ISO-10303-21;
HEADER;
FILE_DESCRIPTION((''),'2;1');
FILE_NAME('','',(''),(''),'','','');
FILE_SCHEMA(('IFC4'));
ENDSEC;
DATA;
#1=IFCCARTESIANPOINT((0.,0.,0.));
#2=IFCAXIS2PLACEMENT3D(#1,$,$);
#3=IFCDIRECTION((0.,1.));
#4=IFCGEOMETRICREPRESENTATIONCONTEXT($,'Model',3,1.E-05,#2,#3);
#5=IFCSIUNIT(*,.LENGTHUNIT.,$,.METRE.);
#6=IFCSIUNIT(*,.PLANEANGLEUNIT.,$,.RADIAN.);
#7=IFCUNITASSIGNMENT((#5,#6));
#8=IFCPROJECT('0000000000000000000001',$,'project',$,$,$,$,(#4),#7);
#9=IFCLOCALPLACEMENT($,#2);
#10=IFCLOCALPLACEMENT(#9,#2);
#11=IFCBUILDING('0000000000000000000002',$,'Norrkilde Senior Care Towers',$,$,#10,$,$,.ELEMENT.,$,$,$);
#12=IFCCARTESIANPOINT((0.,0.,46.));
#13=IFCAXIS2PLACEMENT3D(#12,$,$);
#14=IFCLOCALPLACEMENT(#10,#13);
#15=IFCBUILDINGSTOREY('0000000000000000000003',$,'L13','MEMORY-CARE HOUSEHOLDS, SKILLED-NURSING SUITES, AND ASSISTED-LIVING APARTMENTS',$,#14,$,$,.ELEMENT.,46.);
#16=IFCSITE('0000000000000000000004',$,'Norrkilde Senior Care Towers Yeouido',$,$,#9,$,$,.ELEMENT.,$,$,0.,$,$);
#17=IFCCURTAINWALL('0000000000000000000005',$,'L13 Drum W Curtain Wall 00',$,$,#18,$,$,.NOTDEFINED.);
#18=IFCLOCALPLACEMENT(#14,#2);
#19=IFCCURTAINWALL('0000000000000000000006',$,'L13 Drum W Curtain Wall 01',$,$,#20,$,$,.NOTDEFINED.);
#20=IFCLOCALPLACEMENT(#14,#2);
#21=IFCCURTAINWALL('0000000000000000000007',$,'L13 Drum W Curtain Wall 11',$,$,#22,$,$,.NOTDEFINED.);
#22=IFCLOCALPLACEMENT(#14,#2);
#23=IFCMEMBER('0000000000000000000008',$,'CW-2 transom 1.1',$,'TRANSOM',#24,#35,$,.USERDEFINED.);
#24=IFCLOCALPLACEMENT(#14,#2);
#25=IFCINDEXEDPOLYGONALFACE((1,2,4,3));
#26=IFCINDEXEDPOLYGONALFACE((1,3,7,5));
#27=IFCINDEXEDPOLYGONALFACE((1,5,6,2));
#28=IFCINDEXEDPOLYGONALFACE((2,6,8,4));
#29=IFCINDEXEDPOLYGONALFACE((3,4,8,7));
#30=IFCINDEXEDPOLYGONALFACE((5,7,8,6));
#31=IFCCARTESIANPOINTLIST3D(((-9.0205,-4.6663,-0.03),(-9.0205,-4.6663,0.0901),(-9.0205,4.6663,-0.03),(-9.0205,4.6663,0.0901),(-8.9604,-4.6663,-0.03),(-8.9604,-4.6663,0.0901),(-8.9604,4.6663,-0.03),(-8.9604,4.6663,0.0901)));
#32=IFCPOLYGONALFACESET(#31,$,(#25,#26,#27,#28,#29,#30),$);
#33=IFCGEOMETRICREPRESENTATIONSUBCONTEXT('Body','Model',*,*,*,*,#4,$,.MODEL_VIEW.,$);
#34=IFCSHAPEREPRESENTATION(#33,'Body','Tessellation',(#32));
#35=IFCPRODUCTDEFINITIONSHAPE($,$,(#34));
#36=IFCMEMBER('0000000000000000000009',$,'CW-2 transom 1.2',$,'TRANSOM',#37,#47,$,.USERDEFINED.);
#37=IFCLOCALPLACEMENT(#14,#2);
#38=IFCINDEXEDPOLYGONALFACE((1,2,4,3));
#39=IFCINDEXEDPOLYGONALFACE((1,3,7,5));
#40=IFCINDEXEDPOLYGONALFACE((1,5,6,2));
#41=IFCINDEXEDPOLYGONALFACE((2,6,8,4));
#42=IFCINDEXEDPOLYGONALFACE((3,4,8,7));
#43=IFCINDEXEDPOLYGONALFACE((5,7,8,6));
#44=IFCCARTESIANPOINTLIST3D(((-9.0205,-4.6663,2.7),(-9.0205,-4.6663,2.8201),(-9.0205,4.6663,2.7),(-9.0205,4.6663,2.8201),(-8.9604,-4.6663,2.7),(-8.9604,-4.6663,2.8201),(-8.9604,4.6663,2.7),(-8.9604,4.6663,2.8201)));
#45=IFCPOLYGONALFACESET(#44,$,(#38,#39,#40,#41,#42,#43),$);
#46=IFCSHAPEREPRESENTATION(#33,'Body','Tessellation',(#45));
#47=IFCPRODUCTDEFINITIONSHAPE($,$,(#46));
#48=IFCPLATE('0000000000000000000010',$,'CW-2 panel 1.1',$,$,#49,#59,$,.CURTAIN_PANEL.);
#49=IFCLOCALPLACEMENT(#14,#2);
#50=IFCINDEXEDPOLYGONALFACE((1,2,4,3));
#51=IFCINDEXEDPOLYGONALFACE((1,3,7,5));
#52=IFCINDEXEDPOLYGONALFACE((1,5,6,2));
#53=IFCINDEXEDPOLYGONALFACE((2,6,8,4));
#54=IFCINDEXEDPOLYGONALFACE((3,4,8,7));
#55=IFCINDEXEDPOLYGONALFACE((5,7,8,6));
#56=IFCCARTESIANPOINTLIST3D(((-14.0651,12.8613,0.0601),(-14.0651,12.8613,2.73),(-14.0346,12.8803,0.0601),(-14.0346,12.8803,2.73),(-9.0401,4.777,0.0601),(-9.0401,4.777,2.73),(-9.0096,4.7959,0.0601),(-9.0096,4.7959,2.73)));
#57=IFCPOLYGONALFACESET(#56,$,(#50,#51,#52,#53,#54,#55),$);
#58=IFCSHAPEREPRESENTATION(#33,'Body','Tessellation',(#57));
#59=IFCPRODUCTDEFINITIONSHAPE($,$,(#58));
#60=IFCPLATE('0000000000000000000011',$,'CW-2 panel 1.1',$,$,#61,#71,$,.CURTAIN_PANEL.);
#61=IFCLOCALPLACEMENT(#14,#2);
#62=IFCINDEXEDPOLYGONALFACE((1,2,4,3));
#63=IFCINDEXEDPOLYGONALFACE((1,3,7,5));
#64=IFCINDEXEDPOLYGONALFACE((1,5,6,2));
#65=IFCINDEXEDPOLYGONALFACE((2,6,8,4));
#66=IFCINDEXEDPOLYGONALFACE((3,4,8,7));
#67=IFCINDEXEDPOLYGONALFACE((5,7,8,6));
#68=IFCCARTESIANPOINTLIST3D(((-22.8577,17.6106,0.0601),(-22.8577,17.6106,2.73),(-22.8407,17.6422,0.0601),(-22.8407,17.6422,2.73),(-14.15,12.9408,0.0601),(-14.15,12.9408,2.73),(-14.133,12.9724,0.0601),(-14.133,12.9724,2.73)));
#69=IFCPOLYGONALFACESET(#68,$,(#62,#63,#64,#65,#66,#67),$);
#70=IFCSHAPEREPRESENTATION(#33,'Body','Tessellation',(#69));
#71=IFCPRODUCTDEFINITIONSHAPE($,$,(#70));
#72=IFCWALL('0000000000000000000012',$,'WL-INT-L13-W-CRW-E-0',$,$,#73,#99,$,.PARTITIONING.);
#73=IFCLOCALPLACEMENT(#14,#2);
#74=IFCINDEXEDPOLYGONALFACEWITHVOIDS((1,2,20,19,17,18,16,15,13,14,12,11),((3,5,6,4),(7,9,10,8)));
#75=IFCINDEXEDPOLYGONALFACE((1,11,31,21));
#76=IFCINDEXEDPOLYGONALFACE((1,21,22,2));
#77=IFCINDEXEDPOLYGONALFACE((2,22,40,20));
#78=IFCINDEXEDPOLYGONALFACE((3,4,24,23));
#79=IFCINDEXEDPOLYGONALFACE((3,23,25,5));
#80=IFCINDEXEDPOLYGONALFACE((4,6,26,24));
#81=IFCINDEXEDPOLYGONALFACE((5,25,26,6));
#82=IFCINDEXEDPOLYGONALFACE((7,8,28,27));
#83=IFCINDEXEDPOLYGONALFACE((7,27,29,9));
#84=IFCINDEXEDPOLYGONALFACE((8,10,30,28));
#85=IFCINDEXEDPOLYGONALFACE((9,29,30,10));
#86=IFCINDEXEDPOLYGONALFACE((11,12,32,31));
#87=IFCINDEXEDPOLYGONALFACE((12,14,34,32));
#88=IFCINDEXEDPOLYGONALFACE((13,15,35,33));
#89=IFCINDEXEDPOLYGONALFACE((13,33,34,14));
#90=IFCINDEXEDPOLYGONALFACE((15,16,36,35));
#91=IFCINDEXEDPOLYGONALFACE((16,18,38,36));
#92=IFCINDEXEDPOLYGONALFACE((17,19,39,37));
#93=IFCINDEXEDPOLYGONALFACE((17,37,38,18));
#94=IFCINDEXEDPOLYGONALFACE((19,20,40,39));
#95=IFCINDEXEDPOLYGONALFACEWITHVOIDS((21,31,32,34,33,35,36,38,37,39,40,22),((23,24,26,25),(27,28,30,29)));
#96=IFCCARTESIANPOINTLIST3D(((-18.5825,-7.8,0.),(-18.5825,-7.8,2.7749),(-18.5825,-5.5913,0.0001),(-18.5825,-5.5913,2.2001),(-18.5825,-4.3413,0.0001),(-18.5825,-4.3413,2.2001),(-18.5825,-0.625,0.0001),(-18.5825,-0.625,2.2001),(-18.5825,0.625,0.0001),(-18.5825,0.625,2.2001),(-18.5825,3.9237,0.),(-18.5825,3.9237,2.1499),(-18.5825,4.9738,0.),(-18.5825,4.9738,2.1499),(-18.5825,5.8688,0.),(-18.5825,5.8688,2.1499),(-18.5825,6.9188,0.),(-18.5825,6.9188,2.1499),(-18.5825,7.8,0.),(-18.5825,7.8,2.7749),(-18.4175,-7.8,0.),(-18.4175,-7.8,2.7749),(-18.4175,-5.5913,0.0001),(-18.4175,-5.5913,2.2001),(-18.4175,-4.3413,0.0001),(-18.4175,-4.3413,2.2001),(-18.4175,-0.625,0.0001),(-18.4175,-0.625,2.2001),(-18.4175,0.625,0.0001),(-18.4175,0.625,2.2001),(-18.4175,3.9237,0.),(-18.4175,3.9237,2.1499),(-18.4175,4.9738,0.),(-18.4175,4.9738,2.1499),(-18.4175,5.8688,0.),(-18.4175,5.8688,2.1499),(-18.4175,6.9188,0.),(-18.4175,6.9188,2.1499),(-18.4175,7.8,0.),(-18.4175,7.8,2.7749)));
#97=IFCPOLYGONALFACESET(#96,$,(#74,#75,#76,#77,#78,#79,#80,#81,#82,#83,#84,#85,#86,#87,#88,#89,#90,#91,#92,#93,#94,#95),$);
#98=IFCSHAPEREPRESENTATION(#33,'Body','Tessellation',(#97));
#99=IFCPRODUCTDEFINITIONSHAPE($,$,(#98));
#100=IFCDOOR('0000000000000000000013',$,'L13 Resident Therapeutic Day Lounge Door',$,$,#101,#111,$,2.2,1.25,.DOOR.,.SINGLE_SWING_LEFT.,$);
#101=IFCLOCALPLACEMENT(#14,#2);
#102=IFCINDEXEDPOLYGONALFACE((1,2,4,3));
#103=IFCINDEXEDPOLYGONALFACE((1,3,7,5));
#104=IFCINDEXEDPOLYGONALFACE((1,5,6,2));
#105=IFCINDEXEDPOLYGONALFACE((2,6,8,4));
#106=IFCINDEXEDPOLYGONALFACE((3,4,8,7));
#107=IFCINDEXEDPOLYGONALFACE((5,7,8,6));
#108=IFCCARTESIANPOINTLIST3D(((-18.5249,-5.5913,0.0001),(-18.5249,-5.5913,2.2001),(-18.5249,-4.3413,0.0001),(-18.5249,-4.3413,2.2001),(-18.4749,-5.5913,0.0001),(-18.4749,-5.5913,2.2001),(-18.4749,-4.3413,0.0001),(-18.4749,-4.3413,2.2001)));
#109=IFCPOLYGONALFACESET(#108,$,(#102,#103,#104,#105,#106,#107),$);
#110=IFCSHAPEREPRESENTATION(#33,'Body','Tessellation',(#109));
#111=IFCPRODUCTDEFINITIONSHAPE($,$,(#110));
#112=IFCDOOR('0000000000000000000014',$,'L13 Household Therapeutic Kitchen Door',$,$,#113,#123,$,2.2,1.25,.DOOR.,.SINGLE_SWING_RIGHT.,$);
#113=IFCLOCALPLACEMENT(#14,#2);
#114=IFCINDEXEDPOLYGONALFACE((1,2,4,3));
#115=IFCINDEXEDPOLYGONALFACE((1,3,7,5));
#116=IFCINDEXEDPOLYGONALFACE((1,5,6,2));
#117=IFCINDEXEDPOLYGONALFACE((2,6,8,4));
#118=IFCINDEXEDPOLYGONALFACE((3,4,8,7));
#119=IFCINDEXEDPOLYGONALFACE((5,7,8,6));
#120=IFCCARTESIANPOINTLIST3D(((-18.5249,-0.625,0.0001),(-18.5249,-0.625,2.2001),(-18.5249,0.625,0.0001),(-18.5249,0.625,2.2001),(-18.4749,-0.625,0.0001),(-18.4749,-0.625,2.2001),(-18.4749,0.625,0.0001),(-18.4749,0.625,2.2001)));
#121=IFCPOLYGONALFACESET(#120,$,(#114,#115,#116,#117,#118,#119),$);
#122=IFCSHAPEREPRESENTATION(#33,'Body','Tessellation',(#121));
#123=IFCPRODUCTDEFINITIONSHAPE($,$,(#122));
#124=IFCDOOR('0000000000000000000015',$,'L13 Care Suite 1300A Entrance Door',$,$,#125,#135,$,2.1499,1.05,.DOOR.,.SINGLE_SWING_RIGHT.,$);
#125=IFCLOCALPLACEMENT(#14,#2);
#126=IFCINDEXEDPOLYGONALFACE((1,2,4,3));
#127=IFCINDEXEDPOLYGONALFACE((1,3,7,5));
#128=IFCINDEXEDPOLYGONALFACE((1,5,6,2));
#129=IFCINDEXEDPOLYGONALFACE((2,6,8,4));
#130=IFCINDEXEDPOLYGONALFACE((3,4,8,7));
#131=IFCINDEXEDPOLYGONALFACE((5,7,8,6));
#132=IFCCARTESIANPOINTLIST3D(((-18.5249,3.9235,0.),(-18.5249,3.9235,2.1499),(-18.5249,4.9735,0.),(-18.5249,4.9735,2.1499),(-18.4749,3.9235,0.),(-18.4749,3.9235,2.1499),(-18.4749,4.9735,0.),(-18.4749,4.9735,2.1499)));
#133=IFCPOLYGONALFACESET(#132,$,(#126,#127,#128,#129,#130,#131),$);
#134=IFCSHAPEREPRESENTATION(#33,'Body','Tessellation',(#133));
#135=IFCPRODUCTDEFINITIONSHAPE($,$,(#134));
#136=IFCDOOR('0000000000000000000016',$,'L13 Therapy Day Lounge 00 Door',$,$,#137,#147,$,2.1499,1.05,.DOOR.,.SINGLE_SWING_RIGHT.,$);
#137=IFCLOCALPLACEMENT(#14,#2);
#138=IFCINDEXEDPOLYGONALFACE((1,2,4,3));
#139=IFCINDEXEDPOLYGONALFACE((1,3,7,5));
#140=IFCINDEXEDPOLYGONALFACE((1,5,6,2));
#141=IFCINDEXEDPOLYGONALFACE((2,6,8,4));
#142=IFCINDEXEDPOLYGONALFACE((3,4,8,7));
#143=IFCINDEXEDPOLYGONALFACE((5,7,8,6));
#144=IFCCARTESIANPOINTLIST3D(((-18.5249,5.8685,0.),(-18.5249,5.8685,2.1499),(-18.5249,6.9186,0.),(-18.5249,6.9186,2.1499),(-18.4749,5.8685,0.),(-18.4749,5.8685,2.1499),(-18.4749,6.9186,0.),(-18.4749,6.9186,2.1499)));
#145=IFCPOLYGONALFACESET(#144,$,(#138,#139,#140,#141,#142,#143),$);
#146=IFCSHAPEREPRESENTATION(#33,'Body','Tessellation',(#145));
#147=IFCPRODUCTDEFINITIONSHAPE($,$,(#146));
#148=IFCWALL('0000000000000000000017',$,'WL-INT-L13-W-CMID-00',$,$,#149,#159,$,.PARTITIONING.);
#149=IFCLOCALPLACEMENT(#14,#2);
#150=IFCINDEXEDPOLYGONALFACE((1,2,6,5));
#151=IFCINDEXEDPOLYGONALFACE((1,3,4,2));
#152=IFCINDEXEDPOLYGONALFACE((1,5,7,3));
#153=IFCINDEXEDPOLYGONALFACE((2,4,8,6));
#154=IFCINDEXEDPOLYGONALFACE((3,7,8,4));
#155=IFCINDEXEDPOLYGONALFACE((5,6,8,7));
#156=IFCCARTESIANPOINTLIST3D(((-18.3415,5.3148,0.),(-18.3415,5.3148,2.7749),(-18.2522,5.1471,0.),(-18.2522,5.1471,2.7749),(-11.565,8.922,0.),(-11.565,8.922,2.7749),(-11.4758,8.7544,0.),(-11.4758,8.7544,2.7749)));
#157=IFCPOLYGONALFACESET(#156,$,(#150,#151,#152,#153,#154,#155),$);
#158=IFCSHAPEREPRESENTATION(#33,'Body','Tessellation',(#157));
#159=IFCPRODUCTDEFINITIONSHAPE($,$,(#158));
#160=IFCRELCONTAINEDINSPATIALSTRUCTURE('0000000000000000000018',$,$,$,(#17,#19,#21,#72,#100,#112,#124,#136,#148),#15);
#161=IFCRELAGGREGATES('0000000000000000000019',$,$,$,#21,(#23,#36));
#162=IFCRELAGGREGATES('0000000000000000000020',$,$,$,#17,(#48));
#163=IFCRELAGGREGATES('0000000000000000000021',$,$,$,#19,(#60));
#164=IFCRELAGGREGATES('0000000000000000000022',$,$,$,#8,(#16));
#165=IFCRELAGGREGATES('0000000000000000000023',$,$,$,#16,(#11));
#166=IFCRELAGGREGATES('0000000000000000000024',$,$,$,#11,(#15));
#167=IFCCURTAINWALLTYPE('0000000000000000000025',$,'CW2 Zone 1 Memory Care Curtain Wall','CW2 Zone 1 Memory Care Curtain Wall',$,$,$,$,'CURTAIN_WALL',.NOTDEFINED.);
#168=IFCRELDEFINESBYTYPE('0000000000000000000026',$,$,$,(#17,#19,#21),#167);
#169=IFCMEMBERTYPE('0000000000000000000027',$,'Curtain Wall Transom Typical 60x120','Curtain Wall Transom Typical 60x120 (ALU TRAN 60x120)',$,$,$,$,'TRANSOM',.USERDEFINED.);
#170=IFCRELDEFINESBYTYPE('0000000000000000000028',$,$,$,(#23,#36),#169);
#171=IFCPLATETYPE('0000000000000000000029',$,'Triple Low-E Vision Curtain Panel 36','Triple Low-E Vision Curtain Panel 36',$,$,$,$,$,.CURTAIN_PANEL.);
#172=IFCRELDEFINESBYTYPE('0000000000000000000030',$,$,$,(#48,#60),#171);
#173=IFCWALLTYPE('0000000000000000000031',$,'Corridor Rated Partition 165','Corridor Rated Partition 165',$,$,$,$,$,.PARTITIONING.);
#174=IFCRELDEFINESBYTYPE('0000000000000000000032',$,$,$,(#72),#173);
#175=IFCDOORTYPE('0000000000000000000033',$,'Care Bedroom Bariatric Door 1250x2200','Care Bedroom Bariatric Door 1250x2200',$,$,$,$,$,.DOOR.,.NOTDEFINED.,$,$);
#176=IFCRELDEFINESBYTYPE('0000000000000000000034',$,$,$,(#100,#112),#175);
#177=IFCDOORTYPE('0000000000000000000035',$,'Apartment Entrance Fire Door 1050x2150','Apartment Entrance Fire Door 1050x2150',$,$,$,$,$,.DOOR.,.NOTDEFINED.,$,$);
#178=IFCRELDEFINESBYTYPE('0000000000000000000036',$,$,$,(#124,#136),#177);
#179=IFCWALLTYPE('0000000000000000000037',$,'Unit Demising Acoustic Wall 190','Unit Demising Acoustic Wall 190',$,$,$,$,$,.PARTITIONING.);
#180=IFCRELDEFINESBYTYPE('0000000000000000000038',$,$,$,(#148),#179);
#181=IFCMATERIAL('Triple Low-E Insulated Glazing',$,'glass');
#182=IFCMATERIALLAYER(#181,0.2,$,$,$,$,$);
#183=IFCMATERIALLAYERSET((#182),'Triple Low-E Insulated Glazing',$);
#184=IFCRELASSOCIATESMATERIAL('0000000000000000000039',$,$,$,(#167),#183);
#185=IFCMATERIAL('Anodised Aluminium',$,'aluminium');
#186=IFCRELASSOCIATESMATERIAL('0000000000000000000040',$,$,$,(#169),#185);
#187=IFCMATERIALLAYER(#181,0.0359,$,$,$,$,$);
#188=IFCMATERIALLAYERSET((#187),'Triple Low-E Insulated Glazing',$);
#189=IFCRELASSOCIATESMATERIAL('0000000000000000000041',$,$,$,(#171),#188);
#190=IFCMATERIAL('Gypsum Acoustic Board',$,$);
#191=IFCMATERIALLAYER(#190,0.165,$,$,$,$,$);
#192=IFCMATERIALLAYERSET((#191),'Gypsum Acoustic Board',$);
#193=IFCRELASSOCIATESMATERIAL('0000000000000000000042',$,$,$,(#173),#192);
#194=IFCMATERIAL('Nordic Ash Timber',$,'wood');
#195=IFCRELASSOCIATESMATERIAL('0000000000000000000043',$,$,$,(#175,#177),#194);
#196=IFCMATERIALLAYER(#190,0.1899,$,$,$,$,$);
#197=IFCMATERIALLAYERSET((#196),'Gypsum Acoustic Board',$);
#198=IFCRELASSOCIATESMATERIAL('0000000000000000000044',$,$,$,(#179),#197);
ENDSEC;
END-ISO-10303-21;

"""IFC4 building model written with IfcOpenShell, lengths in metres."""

from ifc_helpers import new_model, si_unit, direction, frame, frame_2d, origin, origin_2d, place, context, subcontext, project, spatial, rectangle, extrude, source, transform, mapped, material, layer, layer_set, material_profile, profile_set, type_object, type_shapes, element, fill, aggregate, save


model = new_model("IFC4")

# Units and contexts
model_context = context("Model", 3, precision=1e-05, world=origin(), true_north=direction((0.0, 1.0)))
body_context = subcontext(model_context, "Body", "Model", "MODEL_VIEW")
ifc_project = project(units=[si_unit("LENGTHUNIT", "METRE"), si_unit("PLANEANGLEUNIT", "RADIAN")], contexts=[model_context])

# Site, building, storey
site_placement = place(None, origin())
site = spatial("IfcSite", under=ifc_project, at=site_placement, Name="Norrkilde Senior Care Towers Yeouido", CompositionType="ELEMENT", RefElevation=0.0)
building_placement = place(site_placement, origin())
building = spatial("IfcBuilding", under=site, at=building_placement, Name="Norrkilde Senior Care Towers", CompositionType="ELEMENT")
storey_placement = place(building_placement, frame((0.0, 0.0, 46.0)))
storey = spatial("IfcBuildingStorey", under=building, at=storey_placement, Name="L13", Description="MEMORY-CARE HOUSEHOLDS, SKILLED-NURSING SUITES, AND ASSISTED-LIVING APARTMENTS", CompositionType="ELEMENT", Elevation=46.0)

# Curtain wall
ifc_material_1 = material(Name="Triple Low-E Insulated Glazing", Category="glass")
ifc_layer_1 = layer(ifc_material_1, 0.2)
ifc_layer_set_1 = layer_set([ifc_layer_1], Name="Triple Low-E Insulated Glazing")
curtain_wall_type = type_object("IfcCurtainWallType", Name="CW2 Zone 1 Memory Care Curtain Wall", Description="CW2 Zone 1 Memory Care Curtain Wall", ElementType="CURTAIN_WALL", PredefinedType="NOTDEFINED", material=ifc_layer_set_1)
curtain_wall_1_placement = place(storey_placement, origin())
curtain_wall_1 = element("IfcCurtainWall", 1, at=curtain_wall_1_placement, inside=storey, type_object=curtain_wall_type, Name="L13 Drum W Curtain Wall 00", PredefinedType="NOTDEFINED")
ifc_material_2 = material(Name="Anodised Aluminium", Category="aluminium")

# Curtain walls
curtain_wall_2_placement = place(storey_placement, origin())
curtain_wall_2 = element("IfcCurtainWall", 2, at=curtain_wall_2_placement, inside=storey, type_object=curtain_wall_type, Name="L13 Drum W Curtain Wall 01", PredefinedType="NOTDEFINED")
curtain_wall_3_placement = place(storey_placement, origin())
curtain_wall_3 = element("IfcCurtainWall", 3, at=curtain_wall_3_placement, inside=storey, type_object=curtain_wall_type, Name="L13 Drum W Curtain Wall 11", PredefinedType="NOTDEFINED")

# Members
ifc_material_profile_1 = material_profile(ifc_material_2, rectangle(XDim=0.0601, YDim=0.1201, at=origin_2d()), Name="ALU TRAN 60x120")
ifc_profile_set_1 = profile_set([ifc_material_profile_1], Name="Anodised Aluminium")
member_type_1 = type_object("IfcMemberType", Name="Curtain Wall Transom Typical 60x120", Description="Curtain Wall Transom Typical 60x120 (ALU TRAN 60x120)", ElementType="TRANSOM", PredefinedType="USERDEFINED", material=ifc_profile_set_1)
shared_shape_1 = source(origin(), body_context, "Body", "SweptSolid", [
    extrude(rectangle(XDim=0.0601, YDim=0.1201, at=origin_2d()), origin(), (0.0, 0.0, 1.0), 9.3325),
])
member_1_placement = place(storey_placement, frame((-8.9905, 4.6663, 0.03), z_axis=(0.0, -1.0, 0.0), x_axis=(1.0, 0.0, 0.0)))
member_1 = element("IfcMember", 4, at=member_1_placement, type_object=member_type_1, Name="CW-2 transom 1.1", ObjectType="TRANSOM", PredefinedType="USERDEFINED", context=body_context, shape_type="MappedRepresentation", body=[
    mapped(shared_shape_1, transform((0.0, 0.0, 0.0), x_axis=(1.0, 0.0, 0.0), y_axis=(0.0, 1.0, 0.0), z_axis=(0.0, 0.0, 1.0), scale=1.0)),
])
member_2_placement = place(storey_placement, frame((-8.9905, 4.6663, 2.76), z_axis=(0.0, -1.0, 0.0), x_axis=(1.0, 0.0, 0.0)))
member_2 = element("IfcMember", 5, at=member_2_placement, type_object=member_type_1, Name="CW-2 transom 1.2", ObjectType="TRANSOM", PredefinedType="USERDEFINED", context=body_context, shape_type="MappedRepresentation", body=[
    mapped(shared_shape_1, transform((0.0, 0.0, 0.0), x_axis=(1.0, 0.0, 0.0), y_axis=(0.0, 1.0, 0.0), z_axis=(0.0, 0.0, 1.0), scale=1.0)),
])
aggregate(curtain_wall_3, [member_1, member_2])

# Plates
ifc_layer_2 = layer(ifc_material_1, 0.0359)
ifc_layer_set_2 = layer_set([ifc_layer_2], Name="Triple Low-E Insulated Glazing")
plate_type = type_object("IfcPlateType", Name="Triple Low-E Vision Curtain Panel 36", Description="Triple Low-E Vision Curtain Panel 36", PredefinedType="CURTAIN_PANEL", material=ifc_layer_set_2)
shared_shape_2 = source(origin(), body_context, "Body", "SweptSolid", [
    extrude(rectangle(XDim=9.5188, YDim=0.0359, at=origin_2d()), origin(), (0.0, 0.0, 1.0), 2.6699),
])
plate_1_placement = place(storey_placement, frame((-11.5374, 8.8286, 0.0601), z_axis=(0.0, 0.0, 1.0), x_axis=(0.527901, -0.849306, 0.0)))
plate_1 = element("IfcPlate", 6, at=plate_1_placement, type_object=plate_type, Name="CW-2 panel 1.1", PredefinedType="CURTAIN_PANEL", context=body_context, shape_type="MappedRepresentation", body=[
    mapped(shared_shape_2, transform((0.0, 0.0, 0.0), x_axis=(1.0, 0.0, 0.0), y_axis=(0.0, 1.0, 0.0), z_axis=(0.0, 0.0, 1.0), scale=1.0)),
])
aggregate(curtain_wall_1, [plate_1])
shared_shape_3 = source(origin(), body_context, "Body", "SweptSolid", [
    extrude(rectangle(XDim=9.8809, YDim=0.0359, at=origin_2d()), origin(), (0.0, 0.0, 1.0), 2.6699),
])
type_shapes(plate_type, [shared_shape_2, shared_shape_3])
plate_2_placement = place(storey_placement, frame((-18.4954, 15.2915, 0.0601), z_axis=(0.0, 0.0, 1.0), x_axis=(0.881273, -0.472608, 0.0)))
plate_2 = element("IfcPlate", 7, at=plate_2_placement, type_object=plate_type, Name="CW-2 panel 1.1", PredefinedType="CURTAIN_PANEL", context=body_context, shape_type="MappedRepresentation", body=[
    mapped(shared_shape_3, transform((0.0, 0.0, 0.0), x_axis=(1.0, 0.0, 0.0), y_axis=(0.0, 1.0, 0.0), z_axis=(0.0, 0.0, 1.0), scale=1.0)),
])
aggregate(curtain_wall_2, [plate_2])

# Wall, openings, doors
ifc_material_3 = material(Name="Gypsum Acoustic Board")
ifc_layer_3 = layer(ifc_material_3, 0.165)
ifc_layer_set_3 = layer_set([ifc_layer_3], Name="Gypsum Acoustic Board")
wall_type_1 = type_object("IfcWallType", Name="Corridor Rated Partition 165", Description="Corridor Rated Partition 165", PredefinedType="PARTITIONING", material=ifc_layer_set_3)
shared_shape_4 = source(origin(), body_context, "Body", "SweptSolid", [
    extrude(rectangle(XDim=15.6001, YDim=0.165, at=frame_2d((7.8, 0.0))), origin(), (0.0, 0.0, 1.0), 2.7749),
])
type_shapes(wall_type_1, [shared_shape_4])
wall_1_placement = place(storey_placement, frame((-18.5, 7.8, 0.0), z_axis=(0.0, 0.0, 1.0), x_axis=(0.0, -1.0, 0.0)))
wall_1 = element("IfcWall", 8, at=wall_1_placement, inside=storey, type_object=wall_type_1, Name="WL-INT-L13-W-CRW-E-0", PredefinedType="PARTITIONING", context=body_context, shape_type="MappedRepresentation", body=[
    mapped(shared_shape_4, transform((0.0, 0.0, 0.0), x_axis=(1.0, 0.0, 0.0), y_axis=(0.0, 1.0, 0.0), z_axis=(0.0, 0.0, 1.0), scale=1.0)),
])
opening_1_placement = place(wall_1_placement, frame((12.1414, 0.0, 0.0)))
opening_1 = element("IfcOpeningElement", 9, at=opening_1_placement, cuts=wall_1, PredefinedType="OPENING", context=body_context, shape_type="SweptSolid", body=[
    extrude(rectangle(XDim=1.25, YDim=2.2, at=frame_2d((0.625, 1.1001))), frame((0.0, 0.0925, 0.0), z_axis=(0.0, -1.0, 0.0), x_axis=(1.0, 0.0, 0.0)), (0.0, 0.0, 1.0), 0.1851),
])
opening_2_placement = place(wall_1_placement, frame((7.175, 0.0, 0.0)))
opening_2 = element("IfcOpeningElement", 10, at=opening_2_placement, cuts=wall_1, PredefinedType="OPENING", context=body_context, shape_type="SweptSolid", body=[
    extrude(rectangle(XDim=1.25, YDim=2.2, at=frame_2d((0.625, 1.1001))), frame((0.0, 0.0925, 0.0), z_axis=(0.0, -1.0, 0.0), x_axis=(1.0, 0.0, 0.0)), (0.0, 0.0, 1.0), 0.1851),
])
opening_3_placement = place(wall_1_placement, frame((2.8264, 0.0, 0.0)))
opening_3 = element("IfcOpeningElement", 11, at=opening_3_placement, cuts=wall_1, PredefinedType="OPENING", context=body_context, shape_type="SweptSolid", body=[
    extrude(rectangle(XDim=1.05, YDim=2.1499, at=frame_2d((0.5249, 1.075))), frame((0.0, 0.0925, 0.0), z_axis=(0.0, -1.0, 0.0), x_axis=(1.0, 0.0, 0.0)), (0.0, 0.0, 1.0), 0.1851),
])
opening_4_placement = place(wall_1_placement, frame((0.8813, 0.0, 0.0)))
opening_4 = element("IfcOpeningElement", 12, at=opening_4_placement, cuts=wall_1, PredefinedType="OPENING", context=body_context, shape_type="SweptSolid", body=[
    extrude(rectangle(XDim=1.05, YDim=2.1499, at=frame_2d((0.5249, 1.075))), frame((0.0, 0.0925, 0.0), z_axis=(0.0, -1.0, 0.0), x_axis=(1.0, 0.0, 0.0)), (0.0, 0.0, 1.0), 0.1851),
])
ifc_material_4 = material(Name="Nordic Ash Timber", Category="wood")
door_type_1 = type_object("IfcDoorType", Name="Care Bedroom Bariatric Door 1250x2200", Description="Care Bedroom Bariatric Door 1250x2200", OperationType="NOTDEFINED", PredefinedType="DOOR", material=ifc_material_4)
shared_shape_5 = source(origin(), body_context, "Body", "SweptSolid", [
    extrude(rectangle(XDim=1.25, YDim=2.2, at=frame_2d((0.625, 1.1001))), frame((0.0, 0.0249, 0.0), z_axis=(0.0, -1.0, 0.0), x_axis=(1.0, 0.0, 0.0)), (0.0, 0.0, 1.0), 0.05),
])
type_shapes(door_type_1, [shared_shape_5])
door_1_placement = place(opening_1_placement, frame((1.25, 0.0, 0.0), z_axis=(0.0, 0.0, 1.0), x_axis=(-1.0, 0.0, 0.0)))
door_1 = element("IfcDoor", 13, at=door_1_placement, inside=storey, type_object=door_type_1, Name="L13 Resident Therapeutic Day Lounge Door", OperationType="SINGLE_SWING_LEFT", OverallHeight=2.2, OverallWidth=1.25, PredefinedType="DOOR", context=body_context, shape_type="MappedRepresentation", body=[
    mapped(shared_shape_5, transform((0.0, 0.0, 0.0), x_axis=(1.0, 0.0, 0.0), y_axis=(0.0, 1.0, 0.0), z_axis=(0.0, 0.0, 1.0), scale=1.0)),
])
fill(opening_1, door_1)
door_2_placement = place(opening_2_placement, frame((1.25, 0.0, 0.0), z_axis=(0.0, 0.0, 1.0), x_axis=(-1.0, 0.0, 0.0)))
door_2 = element("IfcDoor", 14, at=door_2_placement, inside=storey, type_object=door_type_1, Name="L13 Household Therapeutic Kitchen Door", OperationType="SINGLE_SWING_RIGHT", OverallHeight=2.2, OverallWidth=1.25, PredefinedType="DOOR", context=body_context, shape_type="MappedRepresentation", body=[
    mapped(shared_shape_5, transform((0.0, 0.0, 0.0), x_axis=(1.0, 0.0, 0.0), y_axis=(0.0, 1.0, 0.0), z_axis=(0.0, 0.0, 1.0), scale=1.0)),
])
fill(opening_2, door_2)
door_type_2 = type_object("IfcDoorType", Name="Apartment Entrance Fire Door 1050x2150", Description="Apartment Entrance Fire Door 1050x2150", OperationType="NOTDEFINED", PredefinedType="DOOR", material=ifc_material_4)
shared_shape_6 = source(origin(), body_context, "Body", "SweptSolid", [
    extrude(rectangle(XDim=1.05, YDim=2.1499, at=frame_2d((0.5249, 1.075))), frame((0.0, 0.0249, 0.0), z_axis=(0.0, -1.0, 0.0), x_axis=(1.0, 0.0, 0.0)), (0.0, 0.0, 1.0), 0.05),
])
type_shapes(door_type_2, [shared_shape_6])
door_3_placement = place(opening_3_placement, frame((1.05, 0.0, 0.0), z_axis=(0.0, 0.0, 1.0), x_axis=(-1.0, 0.0, 0.0)))
door_3 = element("IfcDoor", 15, at=door_3_placement, inside=storey, type_object=door_type_2, Name="L13 Care Suite 1300A Entrance Door", OperationType="SINGLE_SWING_RIGHT", OverallHeight=2.1499, OverallWidth=1.05, PredefinedType="DOOR", context=body_context, shape_type="MappedRepresentation", body=[
    mapped(shared_shape_6, transform((0.0, 0.0, 0.0), x_axis=(1.0, 0.0, 0.0), y_axis=(0.0, 1.0, 0.0), z_axis=(0.0, 0.0, 1.0), scale=1.0)),
])
fill(opening_3, door_3)
door_4_placement = place(opening_4_placement, frame((1.05, 0.0, 0.0), z_axis=(0.0, 0.0, 1.0), x_axis=(-1.0, 0.0, 0.0)))
door_4 = element("IfcDoor", 16, at=door_4_placement, inside=storey, type_object=door_type_2, Name="L13 Therapy Day Lounge 00 Door", OperationType="SINGLE_SWING_RIGHT", OverallHeight=2.1499, OverallWidth=1.05, PredefinedType="DOOR", context=body_context, shape_type="MappedRepresentation", body=[
    mapped(shared_shape_6, transform((0.0, 0.0, 0.0), x_axis=(1.0, 0.0, 0.0), y_axis=(0.0, 1.0, 0.0), z_axis=(0.0, 0.0, 1.0), scale=1.0)),
])
fill(opening_4, door_4)

# Wall
ifc_layer_4 = layer(ifc_material_3, 0.1899)
ifc_layer_set_4 = layer_set([ifc_layer_4], Name="Gypsum Acoustic Board")
wall_type_2 = type_object("IfcWallType", Name="Unit Demising Acoustic Wall 190", Description="Unit Demising Acoustic Wall 190", PredefinedType="PARTITIONING", material=ifc_layer_set_4)
shared_shape_7 = source(origin(), body_context, "Body", "SweptSolid", [
    extrude(rectangle(XDim=7.6768, YDim=0.1899, at=frame_2d((3.8384, 0.0))), origin(), (0.0, 0.0, 1.0), 2.7749),
])
wall_2_placement = place(storey_placement, frame((-18.2969, 5.231, 0.0), z_axis=(0.0, 0.0, 1.0), x_axis=(0.882725, 0.46989, 0.0)))
element("IfcWall", 17, at=wall_2_placement, inside=storey, type_object=wall_type_2, Name="WL-INT-L13-W-CMID-00", PredefinedType="PARTITIONING", context=body_context, shape_type="MappedRepresentation", body=[
    mapped(shared_shape_7, transform((0.0, 0.0, 0.0), x_axis=(1.0, 0.0, 0.0), y_axis=(0.0, 1.0, 0.0), z_axis=(0.0, 0.0, 1.0), scale=1.0)),
])

save(model, "model.ifc")
